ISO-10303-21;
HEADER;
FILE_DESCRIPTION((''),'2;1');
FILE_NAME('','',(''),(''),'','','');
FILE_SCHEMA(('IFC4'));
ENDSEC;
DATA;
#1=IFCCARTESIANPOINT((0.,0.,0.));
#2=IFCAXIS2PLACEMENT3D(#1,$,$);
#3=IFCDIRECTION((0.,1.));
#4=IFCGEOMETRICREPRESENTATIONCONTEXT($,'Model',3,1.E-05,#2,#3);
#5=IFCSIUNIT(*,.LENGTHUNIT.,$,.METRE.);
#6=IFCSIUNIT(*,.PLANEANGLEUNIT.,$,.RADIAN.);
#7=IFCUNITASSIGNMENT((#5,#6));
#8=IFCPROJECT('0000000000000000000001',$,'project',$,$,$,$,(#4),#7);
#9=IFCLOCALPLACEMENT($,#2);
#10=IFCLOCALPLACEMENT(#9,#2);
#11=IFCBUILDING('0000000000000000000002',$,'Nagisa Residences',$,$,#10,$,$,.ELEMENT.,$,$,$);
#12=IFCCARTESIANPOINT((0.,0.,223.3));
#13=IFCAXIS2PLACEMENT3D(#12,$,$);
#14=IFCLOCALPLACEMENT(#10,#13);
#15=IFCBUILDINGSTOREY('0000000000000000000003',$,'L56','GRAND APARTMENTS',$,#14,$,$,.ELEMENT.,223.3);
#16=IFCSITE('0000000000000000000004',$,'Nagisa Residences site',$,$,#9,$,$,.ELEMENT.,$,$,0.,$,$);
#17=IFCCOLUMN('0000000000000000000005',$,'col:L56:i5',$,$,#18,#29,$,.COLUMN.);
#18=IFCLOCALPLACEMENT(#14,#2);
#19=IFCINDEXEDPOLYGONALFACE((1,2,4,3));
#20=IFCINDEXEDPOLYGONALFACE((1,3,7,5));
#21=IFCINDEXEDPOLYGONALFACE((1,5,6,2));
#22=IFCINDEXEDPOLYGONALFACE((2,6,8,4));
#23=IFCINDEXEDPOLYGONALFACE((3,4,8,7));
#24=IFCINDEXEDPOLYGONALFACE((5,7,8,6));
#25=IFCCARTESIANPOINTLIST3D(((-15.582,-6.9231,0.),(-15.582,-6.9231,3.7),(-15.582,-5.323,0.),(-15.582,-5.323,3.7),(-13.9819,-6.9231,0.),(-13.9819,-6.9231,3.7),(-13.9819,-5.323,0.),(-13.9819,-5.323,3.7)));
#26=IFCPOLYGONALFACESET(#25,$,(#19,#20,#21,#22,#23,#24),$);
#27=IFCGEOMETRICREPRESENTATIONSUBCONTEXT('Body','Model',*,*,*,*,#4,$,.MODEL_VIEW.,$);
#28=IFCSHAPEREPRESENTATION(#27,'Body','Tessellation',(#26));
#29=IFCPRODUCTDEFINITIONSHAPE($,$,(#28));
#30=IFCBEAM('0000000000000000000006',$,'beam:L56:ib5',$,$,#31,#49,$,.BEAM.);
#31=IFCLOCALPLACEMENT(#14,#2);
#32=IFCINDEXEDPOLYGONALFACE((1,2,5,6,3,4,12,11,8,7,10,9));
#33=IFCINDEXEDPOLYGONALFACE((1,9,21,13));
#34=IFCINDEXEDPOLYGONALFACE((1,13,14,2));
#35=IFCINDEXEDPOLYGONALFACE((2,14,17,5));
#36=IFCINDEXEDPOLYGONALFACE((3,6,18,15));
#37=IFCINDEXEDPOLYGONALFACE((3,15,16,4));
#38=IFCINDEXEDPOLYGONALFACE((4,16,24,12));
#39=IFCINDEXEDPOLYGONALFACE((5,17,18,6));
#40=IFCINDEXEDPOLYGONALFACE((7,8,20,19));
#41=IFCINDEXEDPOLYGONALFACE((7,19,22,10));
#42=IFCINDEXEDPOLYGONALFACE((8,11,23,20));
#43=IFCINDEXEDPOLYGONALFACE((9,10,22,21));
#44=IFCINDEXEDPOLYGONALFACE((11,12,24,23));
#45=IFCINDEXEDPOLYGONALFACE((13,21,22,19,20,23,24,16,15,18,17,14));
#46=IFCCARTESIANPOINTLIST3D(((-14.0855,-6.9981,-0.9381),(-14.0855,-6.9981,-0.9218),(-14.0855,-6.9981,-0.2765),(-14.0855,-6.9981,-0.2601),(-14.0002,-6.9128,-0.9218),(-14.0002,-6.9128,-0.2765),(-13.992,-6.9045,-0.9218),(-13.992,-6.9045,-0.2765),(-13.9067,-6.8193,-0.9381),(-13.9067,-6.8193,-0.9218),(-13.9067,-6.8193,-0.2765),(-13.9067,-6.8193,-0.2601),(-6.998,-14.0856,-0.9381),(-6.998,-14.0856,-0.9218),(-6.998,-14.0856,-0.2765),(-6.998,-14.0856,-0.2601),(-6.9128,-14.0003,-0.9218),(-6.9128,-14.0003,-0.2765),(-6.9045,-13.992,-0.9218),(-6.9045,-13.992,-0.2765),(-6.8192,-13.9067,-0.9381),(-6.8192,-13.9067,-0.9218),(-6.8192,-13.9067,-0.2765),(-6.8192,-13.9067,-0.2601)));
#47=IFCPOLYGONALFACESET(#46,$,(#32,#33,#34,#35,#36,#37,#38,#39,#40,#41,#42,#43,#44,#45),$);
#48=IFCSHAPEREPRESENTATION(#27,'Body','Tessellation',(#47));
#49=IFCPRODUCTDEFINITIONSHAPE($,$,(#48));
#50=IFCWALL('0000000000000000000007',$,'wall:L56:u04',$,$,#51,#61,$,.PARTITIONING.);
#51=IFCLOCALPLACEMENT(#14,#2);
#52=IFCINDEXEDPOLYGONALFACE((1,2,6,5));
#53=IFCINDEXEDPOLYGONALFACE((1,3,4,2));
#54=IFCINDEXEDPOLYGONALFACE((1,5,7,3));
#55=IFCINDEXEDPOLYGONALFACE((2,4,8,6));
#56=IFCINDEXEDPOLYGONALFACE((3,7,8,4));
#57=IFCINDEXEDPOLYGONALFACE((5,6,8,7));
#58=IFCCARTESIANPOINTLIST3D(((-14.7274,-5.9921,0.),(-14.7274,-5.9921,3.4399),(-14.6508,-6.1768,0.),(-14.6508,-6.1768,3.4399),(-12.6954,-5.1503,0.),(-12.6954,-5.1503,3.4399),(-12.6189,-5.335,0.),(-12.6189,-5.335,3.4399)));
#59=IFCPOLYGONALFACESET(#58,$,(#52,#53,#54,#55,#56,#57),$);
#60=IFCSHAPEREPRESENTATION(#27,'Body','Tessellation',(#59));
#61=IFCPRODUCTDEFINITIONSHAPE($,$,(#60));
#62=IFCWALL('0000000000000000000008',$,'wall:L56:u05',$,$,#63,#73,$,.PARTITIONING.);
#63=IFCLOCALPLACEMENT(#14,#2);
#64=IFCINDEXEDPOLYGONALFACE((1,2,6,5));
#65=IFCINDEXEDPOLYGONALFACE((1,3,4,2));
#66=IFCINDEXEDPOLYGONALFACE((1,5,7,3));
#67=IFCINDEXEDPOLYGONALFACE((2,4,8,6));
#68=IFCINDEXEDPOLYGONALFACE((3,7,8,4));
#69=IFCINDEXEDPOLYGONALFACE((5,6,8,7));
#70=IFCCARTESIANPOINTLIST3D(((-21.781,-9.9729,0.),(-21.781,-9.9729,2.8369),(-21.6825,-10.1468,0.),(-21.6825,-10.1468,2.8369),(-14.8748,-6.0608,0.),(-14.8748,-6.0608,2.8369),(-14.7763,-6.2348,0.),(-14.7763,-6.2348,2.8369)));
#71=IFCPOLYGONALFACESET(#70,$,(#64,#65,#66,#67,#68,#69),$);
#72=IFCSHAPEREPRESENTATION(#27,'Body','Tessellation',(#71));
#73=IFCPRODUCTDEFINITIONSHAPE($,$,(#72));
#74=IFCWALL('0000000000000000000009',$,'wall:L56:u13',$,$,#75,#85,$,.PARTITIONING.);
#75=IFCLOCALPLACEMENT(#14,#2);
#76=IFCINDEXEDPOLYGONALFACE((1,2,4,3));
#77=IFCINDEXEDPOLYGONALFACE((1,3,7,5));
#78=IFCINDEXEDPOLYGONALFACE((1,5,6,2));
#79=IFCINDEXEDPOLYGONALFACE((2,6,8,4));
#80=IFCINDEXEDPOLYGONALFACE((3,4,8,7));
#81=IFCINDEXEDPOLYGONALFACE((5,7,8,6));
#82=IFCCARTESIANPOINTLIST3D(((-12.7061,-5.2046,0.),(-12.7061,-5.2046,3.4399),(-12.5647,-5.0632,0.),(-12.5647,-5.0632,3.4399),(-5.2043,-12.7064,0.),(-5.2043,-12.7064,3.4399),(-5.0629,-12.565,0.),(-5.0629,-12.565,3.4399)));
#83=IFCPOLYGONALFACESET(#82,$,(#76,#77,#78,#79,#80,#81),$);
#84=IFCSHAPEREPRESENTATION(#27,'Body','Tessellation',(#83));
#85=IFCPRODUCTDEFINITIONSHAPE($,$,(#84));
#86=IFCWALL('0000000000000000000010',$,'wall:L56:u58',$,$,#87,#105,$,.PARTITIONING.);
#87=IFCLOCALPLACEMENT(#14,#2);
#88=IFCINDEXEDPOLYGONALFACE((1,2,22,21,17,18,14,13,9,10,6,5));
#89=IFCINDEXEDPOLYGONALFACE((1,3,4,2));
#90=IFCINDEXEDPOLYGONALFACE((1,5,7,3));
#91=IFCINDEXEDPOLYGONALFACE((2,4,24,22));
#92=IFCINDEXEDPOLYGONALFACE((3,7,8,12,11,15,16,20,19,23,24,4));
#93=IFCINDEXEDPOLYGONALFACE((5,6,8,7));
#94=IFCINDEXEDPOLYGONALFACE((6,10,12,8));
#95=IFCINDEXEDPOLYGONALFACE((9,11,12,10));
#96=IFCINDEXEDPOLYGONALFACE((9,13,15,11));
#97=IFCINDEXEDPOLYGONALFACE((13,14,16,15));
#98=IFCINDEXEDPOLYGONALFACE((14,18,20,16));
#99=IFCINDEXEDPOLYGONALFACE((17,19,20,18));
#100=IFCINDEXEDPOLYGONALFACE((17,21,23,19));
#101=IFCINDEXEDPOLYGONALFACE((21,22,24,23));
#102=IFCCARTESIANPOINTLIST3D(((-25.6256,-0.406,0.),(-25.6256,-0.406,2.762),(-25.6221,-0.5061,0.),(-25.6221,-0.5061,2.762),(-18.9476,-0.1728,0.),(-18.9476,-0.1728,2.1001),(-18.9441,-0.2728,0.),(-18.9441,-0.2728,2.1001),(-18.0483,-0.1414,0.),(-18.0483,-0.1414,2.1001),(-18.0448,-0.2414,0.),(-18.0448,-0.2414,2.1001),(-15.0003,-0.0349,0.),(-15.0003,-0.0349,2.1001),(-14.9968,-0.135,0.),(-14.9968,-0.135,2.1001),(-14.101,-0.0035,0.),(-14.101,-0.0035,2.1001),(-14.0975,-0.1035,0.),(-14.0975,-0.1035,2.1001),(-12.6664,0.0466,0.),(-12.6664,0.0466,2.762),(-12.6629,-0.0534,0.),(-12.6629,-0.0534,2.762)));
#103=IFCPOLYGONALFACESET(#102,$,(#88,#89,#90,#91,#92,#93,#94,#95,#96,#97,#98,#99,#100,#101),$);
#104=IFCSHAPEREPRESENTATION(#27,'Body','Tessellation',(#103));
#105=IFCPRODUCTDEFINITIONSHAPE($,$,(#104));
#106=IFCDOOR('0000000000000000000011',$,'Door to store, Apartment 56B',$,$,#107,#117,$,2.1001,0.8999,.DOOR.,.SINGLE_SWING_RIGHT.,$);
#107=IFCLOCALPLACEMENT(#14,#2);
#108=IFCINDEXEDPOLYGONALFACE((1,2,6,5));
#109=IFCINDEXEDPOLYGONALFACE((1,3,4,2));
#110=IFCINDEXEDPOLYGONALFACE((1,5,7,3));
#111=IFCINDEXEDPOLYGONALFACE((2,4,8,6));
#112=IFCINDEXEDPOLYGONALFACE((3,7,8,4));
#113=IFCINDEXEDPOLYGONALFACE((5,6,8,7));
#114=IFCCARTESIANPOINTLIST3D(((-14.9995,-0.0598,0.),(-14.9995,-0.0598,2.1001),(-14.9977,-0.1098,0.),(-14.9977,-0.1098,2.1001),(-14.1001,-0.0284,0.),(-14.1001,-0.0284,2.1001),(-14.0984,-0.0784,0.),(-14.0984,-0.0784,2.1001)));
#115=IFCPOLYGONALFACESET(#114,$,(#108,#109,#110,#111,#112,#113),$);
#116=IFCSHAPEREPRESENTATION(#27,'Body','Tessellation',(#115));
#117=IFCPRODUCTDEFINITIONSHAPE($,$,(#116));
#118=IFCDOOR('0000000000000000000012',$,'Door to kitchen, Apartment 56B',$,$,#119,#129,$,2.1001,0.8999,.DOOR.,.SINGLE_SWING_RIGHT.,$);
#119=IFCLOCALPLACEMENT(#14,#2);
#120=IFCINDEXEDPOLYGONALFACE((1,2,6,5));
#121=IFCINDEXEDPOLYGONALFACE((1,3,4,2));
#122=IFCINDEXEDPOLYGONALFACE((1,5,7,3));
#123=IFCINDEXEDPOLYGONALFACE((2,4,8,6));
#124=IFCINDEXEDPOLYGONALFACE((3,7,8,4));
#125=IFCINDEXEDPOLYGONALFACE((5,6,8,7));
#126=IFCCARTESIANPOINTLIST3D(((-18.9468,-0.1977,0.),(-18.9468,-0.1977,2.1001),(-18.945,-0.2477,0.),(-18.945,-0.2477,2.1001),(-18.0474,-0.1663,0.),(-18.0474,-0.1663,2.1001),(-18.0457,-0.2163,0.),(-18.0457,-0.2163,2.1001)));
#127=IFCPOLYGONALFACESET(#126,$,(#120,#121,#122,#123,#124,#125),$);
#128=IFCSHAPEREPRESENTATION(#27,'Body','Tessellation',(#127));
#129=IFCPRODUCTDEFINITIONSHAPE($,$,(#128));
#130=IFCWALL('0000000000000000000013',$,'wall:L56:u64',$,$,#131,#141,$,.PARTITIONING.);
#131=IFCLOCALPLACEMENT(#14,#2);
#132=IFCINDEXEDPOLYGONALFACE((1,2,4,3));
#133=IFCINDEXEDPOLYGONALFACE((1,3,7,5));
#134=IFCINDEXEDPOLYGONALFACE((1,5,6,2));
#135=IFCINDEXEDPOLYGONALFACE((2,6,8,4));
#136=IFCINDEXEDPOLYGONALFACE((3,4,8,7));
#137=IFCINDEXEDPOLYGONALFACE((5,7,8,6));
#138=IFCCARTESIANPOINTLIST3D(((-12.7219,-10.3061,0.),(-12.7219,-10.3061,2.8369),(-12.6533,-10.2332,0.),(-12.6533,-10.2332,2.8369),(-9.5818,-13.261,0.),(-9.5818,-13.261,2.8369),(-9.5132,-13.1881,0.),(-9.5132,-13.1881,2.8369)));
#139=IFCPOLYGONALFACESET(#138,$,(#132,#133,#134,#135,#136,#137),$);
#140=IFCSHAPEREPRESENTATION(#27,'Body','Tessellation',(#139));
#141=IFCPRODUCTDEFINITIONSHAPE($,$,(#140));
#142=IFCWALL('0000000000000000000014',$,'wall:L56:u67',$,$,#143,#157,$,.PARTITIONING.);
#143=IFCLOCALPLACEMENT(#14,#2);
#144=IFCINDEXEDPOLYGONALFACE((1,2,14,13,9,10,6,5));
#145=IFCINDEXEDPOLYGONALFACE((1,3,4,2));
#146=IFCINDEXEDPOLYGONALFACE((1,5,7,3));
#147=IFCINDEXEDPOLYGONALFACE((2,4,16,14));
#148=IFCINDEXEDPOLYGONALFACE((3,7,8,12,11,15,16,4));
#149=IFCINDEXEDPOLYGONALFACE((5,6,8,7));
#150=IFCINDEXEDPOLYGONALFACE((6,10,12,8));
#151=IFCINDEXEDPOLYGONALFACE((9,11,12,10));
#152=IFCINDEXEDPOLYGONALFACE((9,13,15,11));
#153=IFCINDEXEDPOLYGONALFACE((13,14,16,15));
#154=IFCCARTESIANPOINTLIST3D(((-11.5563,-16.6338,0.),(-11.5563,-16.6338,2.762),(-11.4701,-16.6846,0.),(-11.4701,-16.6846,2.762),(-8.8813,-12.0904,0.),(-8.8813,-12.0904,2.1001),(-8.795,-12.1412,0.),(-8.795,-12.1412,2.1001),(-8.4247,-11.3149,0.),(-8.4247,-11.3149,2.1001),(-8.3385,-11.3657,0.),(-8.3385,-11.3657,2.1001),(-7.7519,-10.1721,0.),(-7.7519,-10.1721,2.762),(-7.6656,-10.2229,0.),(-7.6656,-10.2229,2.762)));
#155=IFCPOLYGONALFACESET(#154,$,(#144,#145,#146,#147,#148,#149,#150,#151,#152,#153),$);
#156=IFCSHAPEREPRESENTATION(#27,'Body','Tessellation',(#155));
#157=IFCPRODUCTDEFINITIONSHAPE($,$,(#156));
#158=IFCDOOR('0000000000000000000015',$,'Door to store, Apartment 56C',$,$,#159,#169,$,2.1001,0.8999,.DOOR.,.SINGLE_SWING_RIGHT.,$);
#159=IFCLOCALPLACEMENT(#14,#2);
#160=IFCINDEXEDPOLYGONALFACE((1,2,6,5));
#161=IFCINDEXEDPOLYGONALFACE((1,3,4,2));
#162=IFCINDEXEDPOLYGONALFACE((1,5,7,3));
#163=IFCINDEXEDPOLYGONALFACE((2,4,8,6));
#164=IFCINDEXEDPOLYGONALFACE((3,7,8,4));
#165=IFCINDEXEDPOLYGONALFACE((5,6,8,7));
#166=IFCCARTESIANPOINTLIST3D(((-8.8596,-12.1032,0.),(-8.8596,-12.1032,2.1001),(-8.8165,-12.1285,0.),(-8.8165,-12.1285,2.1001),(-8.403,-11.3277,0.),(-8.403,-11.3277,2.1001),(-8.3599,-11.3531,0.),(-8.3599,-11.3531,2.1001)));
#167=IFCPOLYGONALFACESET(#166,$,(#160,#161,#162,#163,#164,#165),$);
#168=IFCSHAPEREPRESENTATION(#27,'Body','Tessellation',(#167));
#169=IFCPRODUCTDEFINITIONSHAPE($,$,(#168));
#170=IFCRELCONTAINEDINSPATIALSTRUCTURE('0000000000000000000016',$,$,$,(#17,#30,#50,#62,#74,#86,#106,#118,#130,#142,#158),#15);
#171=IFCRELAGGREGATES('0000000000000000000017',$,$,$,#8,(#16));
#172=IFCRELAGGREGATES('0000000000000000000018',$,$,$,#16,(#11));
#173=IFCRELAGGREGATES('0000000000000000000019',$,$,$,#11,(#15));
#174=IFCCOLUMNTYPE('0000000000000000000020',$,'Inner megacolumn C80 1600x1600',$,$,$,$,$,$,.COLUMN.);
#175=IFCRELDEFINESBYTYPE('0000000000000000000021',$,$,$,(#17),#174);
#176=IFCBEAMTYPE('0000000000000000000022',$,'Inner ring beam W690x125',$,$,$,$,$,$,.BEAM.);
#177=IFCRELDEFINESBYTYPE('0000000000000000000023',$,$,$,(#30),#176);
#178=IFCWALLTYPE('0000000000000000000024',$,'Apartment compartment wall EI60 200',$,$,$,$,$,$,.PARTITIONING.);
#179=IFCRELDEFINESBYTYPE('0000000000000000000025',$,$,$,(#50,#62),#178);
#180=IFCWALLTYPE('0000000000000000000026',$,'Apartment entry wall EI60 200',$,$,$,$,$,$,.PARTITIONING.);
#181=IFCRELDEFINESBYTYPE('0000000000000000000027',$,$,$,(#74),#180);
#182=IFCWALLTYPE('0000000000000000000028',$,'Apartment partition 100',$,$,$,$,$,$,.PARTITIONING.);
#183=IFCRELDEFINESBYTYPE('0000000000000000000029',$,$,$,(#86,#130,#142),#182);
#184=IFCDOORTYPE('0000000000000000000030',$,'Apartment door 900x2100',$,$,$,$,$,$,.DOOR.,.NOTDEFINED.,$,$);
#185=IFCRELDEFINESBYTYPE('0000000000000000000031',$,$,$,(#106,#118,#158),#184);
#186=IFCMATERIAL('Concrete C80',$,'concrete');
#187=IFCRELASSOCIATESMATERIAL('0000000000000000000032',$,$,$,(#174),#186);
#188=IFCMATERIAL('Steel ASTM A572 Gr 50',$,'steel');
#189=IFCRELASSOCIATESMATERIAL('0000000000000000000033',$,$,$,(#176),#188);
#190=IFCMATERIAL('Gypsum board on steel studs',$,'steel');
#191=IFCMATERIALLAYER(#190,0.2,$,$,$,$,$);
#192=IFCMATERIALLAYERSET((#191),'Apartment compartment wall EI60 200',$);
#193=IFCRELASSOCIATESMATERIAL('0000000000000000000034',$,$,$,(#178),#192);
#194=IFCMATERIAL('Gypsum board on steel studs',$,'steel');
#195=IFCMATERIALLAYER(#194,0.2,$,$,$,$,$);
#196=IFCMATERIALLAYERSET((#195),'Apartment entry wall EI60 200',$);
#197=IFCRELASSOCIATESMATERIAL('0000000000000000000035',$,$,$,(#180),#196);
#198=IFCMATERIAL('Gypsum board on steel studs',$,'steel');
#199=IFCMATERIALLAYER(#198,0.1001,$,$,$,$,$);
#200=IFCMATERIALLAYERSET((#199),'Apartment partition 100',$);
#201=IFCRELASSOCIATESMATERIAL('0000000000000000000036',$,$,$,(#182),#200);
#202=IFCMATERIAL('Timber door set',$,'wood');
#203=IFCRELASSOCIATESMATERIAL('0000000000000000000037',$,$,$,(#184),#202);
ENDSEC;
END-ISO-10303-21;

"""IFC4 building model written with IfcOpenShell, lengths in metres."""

from ifc_helpers import new_model, si_unit, direction, frame, frame_2d, origin, origin_2d, place, context, subcontext, project, spatial, rectangle, i_section, extrude, material, layer, layer_set, material_profile, profile_set, type_object, element, fill, save


model = new_model("IFC4")

# Units and contexts
model_context = context("Model", 3, precision=1e-05, world=origin(), true_north=direction((0.0, 1.0)))
body_context = subcontext(model_context, "Body", "Model", "MODEL_VIEW")
ifc_project = project(units=[si_unit("LENGTHUNIT", "METRE"), si_unit("PLANEANGLEUNIT", "RADIAN")], contexts=[model_context])

# Site, building, storey
site_placement = place(None, origin())
site = spatial("IfcSite", under=ifc_project, at=site_placement, Name="Nagisa Residences site", CompositionType="ELEMENT", RefElevation=0.0)
building_placement = place(site_placement, origin())
building = spatial("IfcBuilding", under=site, at=building_placement, Name="Nagisa Residences", CompositionType="ELEMENT")
storey_placement = place(building_placement, frame((0.0, 0.0, 223.3)))
storey = spatial("IfcBuildingStorey", under=building, at=storey_placement, Name="L56", Description="GRAND APARTMENTS", CompositionType="ELEMENT", Elevation=223.3)

# Column
ifc_material_1 = material(Name="Concrete C80", Category="concrete")
ifc_material_profile_1 = material_profile(ifc_material_1, rectangle(XDim=1.6001, YDim=1.6001, at=origin_2d()), Name="C80 1600x1600")
ifc_profile_set_1 = profile_set([ifc_material_profile_1], Name="Concrete C80")
column_type = type_object("IfcColumnType", Name="Inner megacolumn C80 1600x1600", PredefinedType="COLUMN", material=ifc_profile_set_1)
column_placement = place(storey_placement, frame((-14.782, -6.123, 0.0), z_axis=(0.0, 0.0, 1.0), x_axis=(1.0, 0.0, 0.0)))
element("IfcColumn", 1, at=column_placement, inside=storey, type_object=column_type, Name="col:L56:i5", PredefinedType="COLUMN", context=body_context, shape_type="SweptSolid", body=[
    extrude(rectangle(XDim=1.6001, YDim=1.6001, at=origin_2d()), origin(), (0.0, 0.0, 1.0), 3.7),
])

# Beam
ifc_material_2 = material(Name="Steel ASTM A572 Gr 50", Category="steel")
ifc_material_profile_2 = material_profile(ifc_material_2, i_section(OverallWidth=0.2529, OverallDepth=0.678, WebThickness=0.0117, FlangeThickness=0.0164, at=origin_2d()), Name="W690x125")
ifc_profile_set_2 = profile_set([ifc_material_profile_2], Name="Steel ASTM A572 Gr 50")
beam_type = type_object("IfcBeamType", Name="Inner ring beam W690x125", PredefinedType="BEAM", material=ifc_profile_set_2)
beam_placement = place(storey_placement, frame((-13.9961, -6.9087, -0.5991), z_axis=(0.707107, -0.707107, 0.0), x_axis=(0.707107, 0.707107, 0.0)))
element("IfcBeam", 2, at=beam_placement, inside=storey, type_object=beam_type, Name="beam:L56:ib5", PredefinedType="BEAM", context=body_context, shape_type="SweptSolid", body=[
    extrude(i_section(OverallWidth=0.2529, OverallDepth=0.678, WebThickness=0.0117, FlangeThickness=0.0164, at=origin_2d()), origin(), (0.0, 0.0, 1.0), 10.0232),
])

# Walls
ifc_material_3 = material(Name="Gypsum board on steel studs", Category="steel")
ifc_layer_1 = layer(ifc_material_3, 0.2)
ifc_layer_set_1 = layer_set([ifc_layer_1], Name="Apartment compartment wall EI60 200")
wall_type_1 = type_object("IfcWallType", Name="Apartment compartment wall EI60 200", PredefinedType="PARTITIONING", material=ifc_layer_set_1)
wall_1_placement = place(storey_placement, frame((-12.6572, -5.2427, 0.0), z_axis=(0.0, 0.0, 1.0), x_axis=(-0.92386, -0.382731, 0.0)))
element("IfcWall", 3, at=wall_1_placement, inside=storey, type_object=wall_type_1, Name="wall:L56:u04", PredefinedType="PARTITIONING", context=body_context, shape_type="SweptSolid", body=[
    extrude(rectangle(XDim=2.1995, YDim=0.2, at=frame_2d((1.0996, 0.0))), origin(), (0.0, 0.0, 1.0), 3.4399),
])
wall_2_placement = place(storey_placement, frame((-14.8254, -6.1477, 0.0), z_axis=(0.0, 0.0, 1.0), x_axis=(-0.8701, -0.492876, 0.0)))
element("IfcWall", 4, at=wall_2_placement, inside=storey, type_object=wall_type_1, Name="wall:L56:u05", PredefinedType="PARTITIONING", context=body_context, shape_type="SweptSolid", body=[
    extrude(rectangle(XDim=7.9373, YDim=0.2, at=frame_2d((3.9688, 0.0))), origin(), (0.0, 0.0, 1.0), 2.8369),
])
ifc_material_4 = material(Name="Gypsum board on steel studs", Category="steel")
ifc_layer_2 = layer(ifc_material_4, 0.2)
ifc_layer_set_2 = layer_set([ifc_layer_2], Name="Apartment entry wall EI60 200")
wall_type_2 = type_object("IfcWallType", Name="Apartment entry wall EI60 200", PredefinedType="PARTITIONING", material=ifc_layer_set_2)
wall_3_placement = place(storey_placement, frame((-12.6355, -5.1338, 0.0), z_axis=(0.0, 0.0, 1.0), x_axis=(0.707107, -0.707107, 0.0)))
element("IfcWall", 5, at=wall_3_placement, inside=storey, type_object=wall_type_2, Name="wall:L56:u13", PredefinedType="PARTITIONING", context=body_context, shape_type="SweptSolid", body=[
    extrude(rectangle(XDim=10.6091, YDim=0.2, at=frame_2d((5.3047, 0.0))), origin(), (0.0, 0.0, 1.0), 3.4399),
])

# Wall, openings, doors
ifc_material_5 = material(Name="Gypsum board on steel studs", Category="steel")
ifc_layer_3 = layer(ifc_material_5, 0.1001)
ifc_layer_set_3 = layer_set([ifc_layer_3], Name="Apartment partition 100")
wall_type_3 = type_object("IfcWallType", Name="Apartment partition 100", PredefinedType="PARTITIONING", material=ifc_layer_set_3)
wall_4_placement = place(storey_placement, frame((-12.6648, -0.0034, 0.0), z_axis=(0.0, 0.0, 1.0), x_axis=(-0.999391, -0.034906, 0.0)))
wall_4 = element("IfcWall", 6, at=wall_4_placement, inside=storey, type_object=wall_type_3, Name="wall:L56:u58", PredefinedType="PARTITIONING", context=body_context, shape_type="SweptSolid", body=[
    extrude(rectangle(XDim=12.967, YDim=0.1001, at=frame_2d((6.4834, 0.0))), origin(), (0.0, 0.0, 1.0), 2.762),
])
opening_1_placement = place(wall_4_placement, frame((1.4353, 0.0, 0.0)))
opening_1 = element("IfcOpeningElement", 7, at=opening_1_placement, cuts=wall_4, PredefinedType="OPENING", context=body_context, shape_type="SweptSolid", body=[
    extrude(rectangle(XDim=0.8999, YDim=2.1001, at=frame_2d((0.45, 1.05))), frame((0.0, 0.0601, 0.0), z_axis=(0.0, -1.0, 0.0), x_axis=(1.0, 0.0, 0.0)), (0.0, 0.0, 1.0), 0.1201),
])
opening_2_placement = place(wall_4_placement, frame((5.385, 0.0, 0.0)))
opening_2 = element("IfcOpeningElement", 8, at=opening_2_placement, cuts=wall_4, PredefinedType="OPENING", context=body_context, shape_type="SweptSolid", body=[
    extrude(rectangle(XDim=0.8999, YDim=2.1001, at=frame_2d((0.45, 1.05))), frame((0.0, 0.0601, 0.0), z_axis=(0.0, -1.0, 0.0), x_axis=(1.0, 0.0, 0.0)), (0.0, 0.0, 1.0), 0.1201),
])
ifc_material_6 = material(Name="Timber door set", Category="wood")
door_type_1 = type_object("IfcDoorType", Name="Apartment door 900x2100", OperationType="NOTDEFINED", PredefinedType="DOOR", material=ifc_material_6)
door_1_placement = place(opening_1_placement, origin())
door_1 = element("IfcDoor", 9, at=door_1_placement, inside=storey, type_object=door_type_1, Name="Door to store, Apartment 56B", OperationType="SINGLE_SWING_RIGHT", OverallHeight=2.1001, OverallWidth=0.8999, PredefinedType="DOOR", context=body_context, shape_type="SweptSolid", body=[
    extrude(rectangle(XDim=0.8999, YDim=2.1001, at=frame_2d((0.45, 1.05))), frame((0.0, 0.0249, 0.0), z_axis=(0.0, -1.0, 0.0), x_axis=(1.0, 0.0, 0.0)), (0.0, 0.0, 1.0), 0.05),
])
fill(opening_1, door_1)
door_2_placement = place(opening_2_placement, origin())
door_2 = element("IfcDoor", 10, at=door_2_placement, inside=storey, type_object=door_type_1, Name="Door to kitchen, Apartment 56B", OperationType="SINGLE_SWING_RIGHT", OverallHeight=2.1001, OverallWidth=0.8999, PredefinedType="DOOR", context=body_context, shape_type="SweptSolid", body=[
    extrude(rectangle(XDim=0.8999, YDim=2.1001, at=frame_2d((0.45, 1.05))), frame((0.0, 0.0249, 0.0), z_axis=(0.0, -1.0, 0.0), x_axis=(1.0, 0.0, 0.0)), (0.0, 0.0, 1.0), 0.05),
])
fill(opening_2, door_2)

# Wall
wall_5_placement = place(storey_placement, frame((-12.6875, -10.2698, 0.0), z_axis=(0.0, 0.0, 1.0), x_axis=(0.728268, -0.685292, 0.0)))
element("IfcWall", 11, at=wall_5_placement, inside=storey, type_object=wall_type_3, Name="wall:L56:u64", PredefinedType="PARTITIONING", context=body_context, shape_type="SweptSolid", body=[
    extrude(rectangle(XDim=4.3118, YDim=0.1001, at=frame_2d((2.1558, 0.0))), origin(), (0.0, 0.0, 1.0), 2.8369),
])

# Wall, opening, door
wall_6_placement = place(storey_placement, frame((-7.7087, -10.1975, 0.0), z_axis=(0.0, 0.0, 1.0), x_axis=(-0.507363, -0.861732, 0.0)))
wall_6 = element("IfcWall", 12, at=wall_6_placement, inside=storey, type_object=wall_type_3, Name="wall:L56:u67", PredefinedType="PARTITIONING", context=body_context, shape_type="SweptSolid", body=[
    extrude(rectangle(XDim=7.4985, YDim=0.1001, at=frame_2d((3.7493, 0.0))), origin(), (0.0, 0.0, 1.0), 2.762),
])
opening_3_placement = place(wall_6_placement, frame((1.3262, 0.0, 0.0)))
opening_3 = element("IfcOpeningElement", 13, at=opening_3_placement, cuts=wall_6, PredefinedType="OPENING", context=body_context, shape_type="SweptSolid", body=[
    extrude(rectangle(XDim=0.8999, YDim=2.1001, at=frame_2d((0.45, 1.05))), frame((0.0, 0.0601, 0.0), z_axis=(0.0, -1.0, 0.0), x_axis=(1.0, 0.0, 0.0)), (0.0, 0.0, 1.0), 0.1201),
])
door_3_placement = place(opening_3_placement, frame((0.8999, 0.0, 0.0), x_axis=(-1.0, 0.0, 0.0)))
door_3 = element("IfcDoor", 14, at=door_3_placement, inside=storey, type_object=door_type_1, Name="Door to store, Apartment 56C", OperationType="SINGLE_SWING_RIGHT", OverallHeight=2.1001, OverallWidth=0.8999, PredefinedType="DOOR", context=body_context, shape_type="SweptSolid", body=[
    extrude(rectangle(XDim=0.8999, YDim=2.1001, at=frame_2d((0.45, 1.05))), frame((0.0, 0.0249, 0.0), z_axis=(0.0, -1.0, 0.0), x_axis=(1.0, 0.0, 0.0)), (0.0, 0.0, 1.0), 0.05),
])
fill(opening_3, door_3)

save(model, "model.ifc")
